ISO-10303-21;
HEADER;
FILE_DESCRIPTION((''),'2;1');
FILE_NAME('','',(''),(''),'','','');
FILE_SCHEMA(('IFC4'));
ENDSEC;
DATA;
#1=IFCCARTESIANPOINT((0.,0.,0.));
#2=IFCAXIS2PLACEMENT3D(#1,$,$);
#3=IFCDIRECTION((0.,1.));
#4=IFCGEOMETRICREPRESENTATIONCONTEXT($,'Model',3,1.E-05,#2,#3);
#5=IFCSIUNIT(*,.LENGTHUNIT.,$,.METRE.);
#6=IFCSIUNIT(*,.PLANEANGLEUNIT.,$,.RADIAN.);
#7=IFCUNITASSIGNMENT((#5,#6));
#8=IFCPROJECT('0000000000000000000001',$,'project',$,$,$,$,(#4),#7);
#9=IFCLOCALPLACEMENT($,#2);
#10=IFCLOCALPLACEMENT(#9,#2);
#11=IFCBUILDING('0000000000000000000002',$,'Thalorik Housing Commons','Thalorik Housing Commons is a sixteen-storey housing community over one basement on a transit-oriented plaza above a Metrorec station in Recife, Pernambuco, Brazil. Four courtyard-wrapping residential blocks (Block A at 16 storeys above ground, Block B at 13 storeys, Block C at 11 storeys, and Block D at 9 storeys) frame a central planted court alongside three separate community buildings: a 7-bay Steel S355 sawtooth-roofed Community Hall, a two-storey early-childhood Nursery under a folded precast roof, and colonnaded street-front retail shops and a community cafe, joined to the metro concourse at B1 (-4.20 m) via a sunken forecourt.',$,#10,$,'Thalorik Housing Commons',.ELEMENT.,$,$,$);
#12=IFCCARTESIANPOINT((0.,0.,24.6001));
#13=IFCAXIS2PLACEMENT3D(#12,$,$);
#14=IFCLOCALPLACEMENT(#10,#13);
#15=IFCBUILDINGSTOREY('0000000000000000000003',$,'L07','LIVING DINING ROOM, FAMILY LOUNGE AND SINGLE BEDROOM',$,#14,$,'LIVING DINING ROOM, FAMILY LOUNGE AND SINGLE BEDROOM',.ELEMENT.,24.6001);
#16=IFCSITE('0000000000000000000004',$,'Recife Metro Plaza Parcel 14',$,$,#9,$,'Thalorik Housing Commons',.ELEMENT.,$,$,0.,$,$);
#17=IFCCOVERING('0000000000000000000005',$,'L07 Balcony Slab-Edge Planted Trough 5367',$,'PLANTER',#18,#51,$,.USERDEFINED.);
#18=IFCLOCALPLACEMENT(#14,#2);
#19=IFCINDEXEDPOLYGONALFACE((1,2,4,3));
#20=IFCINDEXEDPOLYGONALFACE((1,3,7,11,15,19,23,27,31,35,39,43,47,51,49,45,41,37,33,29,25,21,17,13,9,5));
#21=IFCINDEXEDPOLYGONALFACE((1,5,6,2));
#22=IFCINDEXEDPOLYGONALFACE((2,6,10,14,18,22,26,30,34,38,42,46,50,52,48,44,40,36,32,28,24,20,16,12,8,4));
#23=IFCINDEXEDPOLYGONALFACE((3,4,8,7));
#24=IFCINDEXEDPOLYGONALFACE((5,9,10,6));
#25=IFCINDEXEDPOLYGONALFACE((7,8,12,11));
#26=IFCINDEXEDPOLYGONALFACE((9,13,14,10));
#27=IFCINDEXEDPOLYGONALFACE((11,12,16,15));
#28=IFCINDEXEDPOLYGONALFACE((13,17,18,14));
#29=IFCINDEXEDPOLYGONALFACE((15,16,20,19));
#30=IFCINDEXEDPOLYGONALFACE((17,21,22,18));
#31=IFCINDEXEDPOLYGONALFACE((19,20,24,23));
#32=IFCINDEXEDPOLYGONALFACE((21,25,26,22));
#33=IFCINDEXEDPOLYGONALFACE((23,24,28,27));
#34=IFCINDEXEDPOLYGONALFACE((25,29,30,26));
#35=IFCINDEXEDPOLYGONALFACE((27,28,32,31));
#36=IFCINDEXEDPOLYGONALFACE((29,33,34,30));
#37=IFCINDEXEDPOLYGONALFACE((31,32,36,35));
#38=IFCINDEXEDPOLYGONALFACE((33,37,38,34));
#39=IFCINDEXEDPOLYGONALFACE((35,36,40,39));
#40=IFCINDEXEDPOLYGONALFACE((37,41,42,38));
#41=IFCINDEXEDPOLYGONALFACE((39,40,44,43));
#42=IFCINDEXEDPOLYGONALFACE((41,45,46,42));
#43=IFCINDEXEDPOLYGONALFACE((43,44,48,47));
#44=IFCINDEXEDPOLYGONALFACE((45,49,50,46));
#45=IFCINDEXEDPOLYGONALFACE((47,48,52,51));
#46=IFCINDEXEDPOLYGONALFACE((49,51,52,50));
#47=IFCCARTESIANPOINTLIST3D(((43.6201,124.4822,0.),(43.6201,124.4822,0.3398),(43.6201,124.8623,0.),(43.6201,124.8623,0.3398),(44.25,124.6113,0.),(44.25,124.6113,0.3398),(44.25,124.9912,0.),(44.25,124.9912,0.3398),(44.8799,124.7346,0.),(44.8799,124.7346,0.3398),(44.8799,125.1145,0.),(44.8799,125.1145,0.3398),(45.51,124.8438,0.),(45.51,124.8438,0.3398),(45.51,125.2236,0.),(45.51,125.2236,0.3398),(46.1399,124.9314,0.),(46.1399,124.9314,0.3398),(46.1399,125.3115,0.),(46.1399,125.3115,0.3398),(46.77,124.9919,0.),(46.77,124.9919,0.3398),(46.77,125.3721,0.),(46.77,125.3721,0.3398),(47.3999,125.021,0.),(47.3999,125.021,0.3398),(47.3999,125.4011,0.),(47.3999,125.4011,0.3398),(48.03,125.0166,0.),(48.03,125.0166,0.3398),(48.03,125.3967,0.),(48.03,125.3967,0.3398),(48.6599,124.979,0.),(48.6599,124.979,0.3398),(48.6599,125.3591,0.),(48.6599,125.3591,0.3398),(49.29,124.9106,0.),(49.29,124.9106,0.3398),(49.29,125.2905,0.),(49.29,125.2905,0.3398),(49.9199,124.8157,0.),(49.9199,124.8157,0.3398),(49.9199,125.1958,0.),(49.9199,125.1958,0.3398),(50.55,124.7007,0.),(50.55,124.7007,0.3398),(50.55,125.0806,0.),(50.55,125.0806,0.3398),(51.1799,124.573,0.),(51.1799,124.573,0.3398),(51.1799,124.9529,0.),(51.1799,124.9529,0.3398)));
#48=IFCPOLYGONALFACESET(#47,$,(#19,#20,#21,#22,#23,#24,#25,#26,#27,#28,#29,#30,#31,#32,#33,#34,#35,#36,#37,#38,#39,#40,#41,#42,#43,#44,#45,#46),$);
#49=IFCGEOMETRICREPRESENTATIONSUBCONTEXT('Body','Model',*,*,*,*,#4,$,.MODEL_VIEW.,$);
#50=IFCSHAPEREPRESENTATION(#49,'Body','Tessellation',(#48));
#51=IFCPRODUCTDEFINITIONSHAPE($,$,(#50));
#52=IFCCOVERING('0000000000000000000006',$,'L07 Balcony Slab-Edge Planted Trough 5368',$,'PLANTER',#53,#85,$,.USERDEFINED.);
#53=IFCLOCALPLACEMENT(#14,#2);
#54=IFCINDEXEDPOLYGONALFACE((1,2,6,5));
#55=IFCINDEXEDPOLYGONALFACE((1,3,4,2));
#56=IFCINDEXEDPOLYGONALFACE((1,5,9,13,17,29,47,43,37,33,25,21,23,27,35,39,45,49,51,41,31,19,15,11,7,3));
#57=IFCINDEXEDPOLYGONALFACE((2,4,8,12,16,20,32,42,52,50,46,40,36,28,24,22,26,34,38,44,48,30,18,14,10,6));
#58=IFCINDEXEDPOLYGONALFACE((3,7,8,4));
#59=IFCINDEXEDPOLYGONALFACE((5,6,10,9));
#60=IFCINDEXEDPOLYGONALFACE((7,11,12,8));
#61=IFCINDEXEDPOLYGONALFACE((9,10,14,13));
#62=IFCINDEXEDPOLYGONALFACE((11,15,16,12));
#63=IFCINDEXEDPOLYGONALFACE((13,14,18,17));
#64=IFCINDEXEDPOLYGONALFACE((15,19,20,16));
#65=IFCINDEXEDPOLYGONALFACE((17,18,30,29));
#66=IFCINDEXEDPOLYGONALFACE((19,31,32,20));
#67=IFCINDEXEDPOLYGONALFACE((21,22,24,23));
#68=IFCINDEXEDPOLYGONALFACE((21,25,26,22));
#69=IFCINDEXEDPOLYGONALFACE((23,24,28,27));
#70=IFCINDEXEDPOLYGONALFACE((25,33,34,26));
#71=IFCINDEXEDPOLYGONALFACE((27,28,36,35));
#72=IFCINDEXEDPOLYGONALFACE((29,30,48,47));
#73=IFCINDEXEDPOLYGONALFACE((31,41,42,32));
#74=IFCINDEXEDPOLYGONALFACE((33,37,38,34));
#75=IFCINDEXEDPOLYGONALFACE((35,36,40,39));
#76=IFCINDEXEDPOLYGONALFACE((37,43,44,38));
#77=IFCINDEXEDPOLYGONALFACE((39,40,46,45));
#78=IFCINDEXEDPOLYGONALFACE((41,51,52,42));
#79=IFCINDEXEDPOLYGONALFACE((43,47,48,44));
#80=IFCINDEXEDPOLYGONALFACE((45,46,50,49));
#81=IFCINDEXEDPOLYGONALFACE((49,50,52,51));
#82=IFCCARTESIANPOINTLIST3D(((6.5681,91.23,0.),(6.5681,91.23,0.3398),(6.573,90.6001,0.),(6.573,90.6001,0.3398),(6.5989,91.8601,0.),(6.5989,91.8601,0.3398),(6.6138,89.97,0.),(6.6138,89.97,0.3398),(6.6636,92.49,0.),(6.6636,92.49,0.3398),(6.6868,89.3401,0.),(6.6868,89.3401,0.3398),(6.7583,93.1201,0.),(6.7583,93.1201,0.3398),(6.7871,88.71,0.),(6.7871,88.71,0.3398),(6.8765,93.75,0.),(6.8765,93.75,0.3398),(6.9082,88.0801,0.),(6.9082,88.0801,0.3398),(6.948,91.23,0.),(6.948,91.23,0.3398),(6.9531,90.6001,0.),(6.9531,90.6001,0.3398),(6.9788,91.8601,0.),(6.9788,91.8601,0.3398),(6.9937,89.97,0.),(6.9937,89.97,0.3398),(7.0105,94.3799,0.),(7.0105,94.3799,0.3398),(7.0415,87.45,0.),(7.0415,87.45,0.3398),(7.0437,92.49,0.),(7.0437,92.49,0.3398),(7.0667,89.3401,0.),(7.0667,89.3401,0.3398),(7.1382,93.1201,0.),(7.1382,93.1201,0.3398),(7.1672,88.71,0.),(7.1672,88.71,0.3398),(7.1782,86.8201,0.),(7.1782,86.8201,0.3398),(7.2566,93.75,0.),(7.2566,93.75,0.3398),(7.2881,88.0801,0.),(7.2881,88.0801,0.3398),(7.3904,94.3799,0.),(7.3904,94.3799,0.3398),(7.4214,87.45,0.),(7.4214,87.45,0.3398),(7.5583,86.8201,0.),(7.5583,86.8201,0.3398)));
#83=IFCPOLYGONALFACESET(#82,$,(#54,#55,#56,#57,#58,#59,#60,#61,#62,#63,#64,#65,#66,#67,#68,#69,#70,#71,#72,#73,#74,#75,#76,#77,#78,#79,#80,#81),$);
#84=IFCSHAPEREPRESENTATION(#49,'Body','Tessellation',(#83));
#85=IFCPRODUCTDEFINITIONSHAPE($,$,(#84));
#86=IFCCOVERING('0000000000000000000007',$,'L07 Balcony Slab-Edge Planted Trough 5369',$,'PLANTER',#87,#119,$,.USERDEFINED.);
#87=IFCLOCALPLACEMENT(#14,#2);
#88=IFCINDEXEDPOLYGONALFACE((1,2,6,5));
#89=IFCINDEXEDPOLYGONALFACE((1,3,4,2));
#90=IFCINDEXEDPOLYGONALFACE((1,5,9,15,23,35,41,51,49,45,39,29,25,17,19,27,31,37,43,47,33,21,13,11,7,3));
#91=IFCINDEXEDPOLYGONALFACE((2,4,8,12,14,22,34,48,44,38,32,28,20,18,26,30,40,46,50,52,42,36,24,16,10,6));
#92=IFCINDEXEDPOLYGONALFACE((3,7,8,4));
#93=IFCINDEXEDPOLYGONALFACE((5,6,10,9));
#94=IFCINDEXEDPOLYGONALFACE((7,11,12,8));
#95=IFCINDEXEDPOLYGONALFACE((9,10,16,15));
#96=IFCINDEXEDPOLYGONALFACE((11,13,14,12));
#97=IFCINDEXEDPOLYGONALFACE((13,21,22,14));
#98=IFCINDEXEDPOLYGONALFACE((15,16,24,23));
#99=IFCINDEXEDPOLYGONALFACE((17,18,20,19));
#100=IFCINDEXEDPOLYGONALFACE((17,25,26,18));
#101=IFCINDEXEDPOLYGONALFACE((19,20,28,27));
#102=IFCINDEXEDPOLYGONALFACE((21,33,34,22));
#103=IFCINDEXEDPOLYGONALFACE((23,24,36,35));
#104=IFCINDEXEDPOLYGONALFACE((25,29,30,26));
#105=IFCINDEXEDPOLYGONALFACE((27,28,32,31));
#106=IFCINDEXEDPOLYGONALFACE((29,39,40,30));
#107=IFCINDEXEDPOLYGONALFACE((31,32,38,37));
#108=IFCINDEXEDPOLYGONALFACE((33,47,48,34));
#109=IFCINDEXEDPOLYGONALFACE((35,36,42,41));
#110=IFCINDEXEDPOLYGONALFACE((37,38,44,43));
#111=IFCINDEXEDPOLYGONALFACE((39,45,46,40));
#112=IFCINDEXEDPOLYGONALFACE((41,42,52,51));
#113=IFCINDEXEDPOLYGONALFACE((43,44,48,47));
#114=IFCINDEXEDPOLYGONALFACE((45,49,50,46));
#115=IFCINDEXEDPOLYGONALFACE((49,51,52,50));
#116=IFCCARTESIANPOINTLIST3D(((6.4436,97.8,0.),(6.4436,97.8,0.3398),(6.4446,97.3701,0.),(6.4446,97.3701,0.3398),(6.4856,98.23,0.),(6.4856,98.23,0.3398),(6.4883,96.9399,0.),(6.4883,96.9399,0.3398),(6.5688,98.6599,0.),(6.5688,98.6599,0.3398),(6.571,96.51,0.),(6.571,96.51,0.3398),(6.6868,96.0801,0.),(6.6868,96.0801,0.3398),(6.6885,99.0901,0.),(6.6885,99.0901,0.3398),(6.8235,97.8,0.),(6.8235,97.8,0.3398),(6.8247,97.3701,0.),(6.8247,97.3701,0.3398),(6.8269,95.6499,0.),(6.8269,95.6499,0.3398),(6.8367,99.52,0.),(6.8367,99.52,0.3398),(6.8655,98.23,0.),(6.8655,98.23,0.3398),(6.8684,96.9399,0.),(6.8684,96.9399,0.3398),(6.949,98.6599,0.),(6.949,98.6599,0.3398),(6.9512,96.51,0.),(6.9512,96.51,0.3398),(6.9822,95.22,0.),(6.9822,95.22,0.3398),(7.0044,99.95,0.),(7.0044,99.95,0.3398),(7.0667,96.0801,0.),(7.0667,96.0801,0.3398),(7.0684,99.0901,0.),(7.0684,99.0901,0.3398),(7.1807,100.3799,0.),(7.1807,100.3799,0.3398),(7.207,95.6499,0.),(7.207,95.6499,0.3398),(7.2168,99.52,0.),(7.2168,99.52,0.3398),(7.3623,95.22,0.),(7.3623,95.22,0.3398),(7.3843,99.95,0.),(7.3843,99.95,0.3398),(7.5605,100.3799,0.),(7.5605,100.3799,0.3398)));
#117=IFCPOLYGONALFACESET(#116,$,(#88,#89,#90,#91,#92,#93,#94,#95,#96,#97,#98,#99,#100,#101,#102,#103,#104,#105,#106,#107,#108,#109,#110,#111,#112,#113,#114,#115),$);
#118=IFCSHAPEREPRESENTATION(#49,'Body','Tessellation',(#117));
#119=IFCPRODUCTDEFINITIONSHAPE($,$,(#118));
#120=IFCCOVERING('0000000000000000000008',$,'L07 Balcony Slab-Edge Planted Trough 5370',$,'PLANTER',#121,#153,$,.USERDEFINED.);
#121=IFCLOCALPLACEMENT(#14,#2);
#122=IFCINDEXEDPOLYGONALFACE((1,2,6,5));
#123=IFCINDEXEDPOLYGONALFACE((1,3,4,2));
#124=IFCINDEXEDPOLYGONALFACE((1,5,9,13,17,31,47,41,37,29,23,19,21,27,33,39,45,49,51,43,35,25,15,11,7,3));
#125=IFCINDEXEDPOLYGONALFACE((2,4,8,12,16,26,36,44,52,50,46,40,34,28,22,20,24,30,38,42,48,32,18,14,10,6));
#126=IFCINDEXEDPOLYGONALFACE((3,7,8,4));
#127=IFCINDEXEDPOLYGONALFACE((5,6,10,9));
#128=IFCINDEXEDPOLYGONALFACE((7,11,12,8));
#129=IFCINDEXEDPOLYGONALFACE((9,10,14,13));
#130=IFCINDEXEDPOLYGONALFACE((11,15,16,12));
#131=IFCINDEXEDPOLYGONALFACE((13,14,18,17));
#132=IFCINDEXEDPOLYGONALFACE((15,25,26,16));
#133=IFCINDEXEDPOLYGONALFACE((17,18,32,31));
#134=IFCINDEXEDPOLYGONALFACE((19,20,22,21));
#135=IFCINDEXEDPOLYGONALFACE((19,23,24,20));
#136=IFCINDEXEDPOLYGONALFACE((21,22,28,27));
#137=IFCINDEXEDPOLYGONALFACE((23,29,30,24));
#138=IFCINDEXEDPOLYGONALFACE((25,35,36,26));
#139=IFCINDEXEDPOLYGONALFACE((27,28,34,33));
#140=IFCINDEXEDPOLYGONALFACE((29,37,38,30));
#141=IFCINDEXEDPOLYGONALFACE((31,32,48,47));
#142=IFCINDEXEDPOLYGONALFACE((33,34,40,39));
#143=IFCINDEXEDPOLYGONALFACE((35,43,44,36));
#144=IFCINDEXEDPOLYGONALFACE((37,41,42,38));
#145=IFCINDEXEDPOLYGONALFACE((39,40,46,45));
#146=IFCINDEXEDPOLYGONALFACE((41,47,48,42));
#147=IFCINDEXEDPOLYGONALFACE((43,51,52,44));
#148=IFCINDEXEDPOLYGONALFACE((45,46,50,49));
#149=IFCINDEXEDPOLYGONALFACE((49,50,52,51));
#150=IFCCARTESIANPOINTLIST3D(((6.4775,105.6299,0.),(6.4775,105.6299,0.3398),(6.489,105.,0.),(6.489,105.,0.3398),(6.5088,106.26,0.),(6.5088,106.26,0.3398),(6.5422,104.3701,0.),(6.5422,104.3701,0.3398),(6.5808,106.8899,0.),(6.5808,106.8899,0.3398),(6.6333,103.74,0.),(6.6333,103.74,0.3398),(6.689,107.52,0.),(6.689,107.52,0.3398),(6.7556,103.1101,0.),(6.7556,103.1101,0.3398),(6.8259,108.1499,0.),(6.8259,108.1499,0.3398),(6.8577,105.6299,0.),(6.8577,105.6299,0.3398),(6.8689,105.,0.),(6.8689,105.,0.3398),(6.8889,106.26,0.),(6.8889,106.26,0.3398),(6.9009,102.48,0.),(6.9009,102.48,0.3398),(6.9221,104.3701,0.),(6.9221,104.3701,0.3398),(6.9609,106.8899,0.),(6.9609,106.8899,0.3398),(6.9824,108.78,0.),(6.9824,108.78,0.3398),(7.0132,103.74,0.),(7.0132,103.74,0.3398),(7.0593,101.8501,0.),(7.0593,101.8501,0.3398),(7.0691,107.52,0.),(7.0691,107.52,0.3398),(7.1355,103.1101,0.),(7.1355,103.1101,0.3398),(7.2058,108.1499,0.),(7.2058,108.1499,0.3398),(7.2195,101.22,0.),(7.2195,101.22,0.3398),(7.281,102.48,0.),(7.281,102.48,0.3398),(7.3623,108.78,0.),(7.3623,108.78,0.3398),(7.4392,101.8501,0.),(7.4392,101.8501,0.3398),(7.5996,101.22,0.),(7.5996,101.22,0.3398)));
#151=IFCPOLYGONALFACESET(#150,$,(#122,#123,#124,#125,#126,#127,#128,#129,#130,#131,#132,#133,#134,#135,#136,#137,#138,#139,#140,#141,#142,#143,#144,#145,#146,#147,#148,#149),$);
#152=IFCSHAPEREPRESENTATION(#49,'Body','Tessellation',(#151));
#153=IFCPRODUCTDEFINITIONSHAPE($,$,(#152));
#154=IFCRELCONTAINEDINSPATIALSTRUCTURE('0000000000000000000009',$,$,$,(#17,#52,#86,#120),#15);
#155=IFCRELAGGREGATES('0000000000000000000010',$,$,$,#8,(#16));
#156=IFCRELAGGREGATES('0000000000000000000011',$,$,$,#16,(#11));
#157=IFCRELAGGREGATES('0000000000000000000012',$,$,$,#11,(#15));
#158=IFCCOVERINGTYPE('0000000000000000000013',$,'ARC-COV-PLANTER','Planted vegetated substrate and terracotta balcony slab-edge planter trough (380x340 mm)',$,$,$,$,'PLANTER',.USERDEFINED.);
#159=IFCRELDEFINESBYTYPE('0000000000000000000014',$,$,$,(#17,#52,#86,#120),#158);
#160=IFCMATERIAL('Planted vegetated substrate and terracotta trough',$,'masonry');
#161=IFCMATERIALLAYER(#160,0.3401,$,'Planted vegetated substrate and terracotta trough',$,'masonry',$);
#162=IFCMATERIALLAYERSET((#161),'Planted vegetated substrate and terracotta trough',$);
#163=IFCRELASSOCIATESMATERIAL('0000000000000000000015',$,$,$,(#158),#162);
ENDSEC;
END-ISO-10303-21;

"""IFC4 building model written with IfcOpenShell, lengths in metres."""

from ifc_helpers import new_model, si_unit, direction, frame, origin, place, context, subcontext, project, spatial, polyline, outline, extrude, material, layer, layer_set, type_object, element, save


model = new_model("IFC4")

# Units and contexts
model_context = context("Model", 3, precision=1e-05, world=origin(), true_north=direction((0.0, 1.0)))
body_context = subcontext(model_context, "Body", "Model", "MODEL_VIEW")
ifc_project = project(units=[si_unit("LENGTHUNIT", "METRE"), si_unit("PLANEANGLEUNIT", "RADIAN")], contexts=[model_context])

# Site, building, storey
site_placement = place(None, origin())
site = spatial("IfcSite", under=ifc_project, at=site_placement, Name="Recife Metro Plaza Parcel 14", LongName="Thalorik Housing Commons", CompositionType="ELEMENT", RefElevation=0.0)
building_placement = place(site_placement, origin())
building = spatial("IfcBuilding", under=site, at=building_placement, Name="Thalorik Housing Commons", Description="Thalorik Housing Commons is a sixteen-storey housing community over one basement on a transit-oriented plaza above a Metrorec station in Recife, Pernambuco, Brazil. Four courtyard-wrapping residential blocks (Block A at 16 storeys above ground, Block B at 13 storeys, Block C at 11 storeys, and Block D at 9 storeys) frame a central planted court alongside three separate community buildings: a 7-bay Steel S355 sawtooth-roofed Community Hall, a two-storey early-childhood Nursery under a folded precast roof, and colonnaded street-front retail shops and a community cafe, joined to the metro concourse at B1 (-4.20 m) via a sunken forecourt.", LongName="Thalorik Housing Commons", CompositionType="ELEMENT")
storey_placement = place(building_placement, frame((0.0, 0.0, 24.6001)))
storey = spatial("IfcBuildingStorey", under=building, at=storey_placement, Name="L07", Description="LIVING DINING ROOM, FAMILY LOUNGE AND SINGLE BEDROOM", LongName="LIVING DINING ROOM, FAMILY LOUNGE AND SINGLE BEDROOM", CompositionType="ELEMENT", Elevation=24.6001)

# Coverings
ifc_material_1 = material(Name="Planted vegetated substrate and terracotta trough", Category="masonry")
ifc_layer_1 = layer(ifc_material_1, 0.3401, Name="Planted vegetated substrate and terracotta trough", Category="masonry")
ifc_layer_set_1 = layer_set([ifc_layer_1], Name="Planted vegetated substrate and terracotta trough")
covering_type = type_object("IfcCoveringType", Name="ARC-COV-PLANTER", Description="Planted vegetated substrate and terracotta balcony slab-edge planter trough (380x340 mm)", ElementType="PLANTER", PredefinedType="USERDEFINED", material=ifc_layer_set_1)
covering_1_placement = place(storey_placement, origin())
element("IfcCovering", 1, at=covering_1_placement, inside=storey, type_object=covering_type, Name="L07 Balcony Slab-Edge Planted Trough 5367", ObjectType="PLANTER", PredefinedType="USERDEFINED", context=body_context, shape_type="SweptSolid", body=[
    extrude(outline(polyline([(51.1799, 124.9529), (50.55, 125.0806), (49.9199, 125.1958), (49.29, 125.2905), (48.6599, 125.3591), (48.03, 125.3967), (47.3999, 125.4011), (46.77, 125.3721), (46.1399, 125.3115), (45.51, 125.2236), (44.8799, 125.1145), (44.25, 124.9912), (43.6201, 124.8623), (43.6201, 124.4822), (44.25, 124.6113), (44.8799, 124.7346), (45.51, 124.8438), (46.1399, 124.9314), (46.77, 124.9919), (47.3999, 125.021), (48.03, 125.0166), (48.6599, 124.979), (49.29, 124.9106), (49.9199, 124.8157), (50.55, 124.7007), (51.1799, 124.573), (51.1799, 124.9529)])), origin(), (0.0, 0.0, 1.0), 0.3398),
])
covering_2_placement = place(storey_placement, origin())
element("IfcCovering", 2, at=covering_2_placement, inside=storey, type_object=covering_type, Name="L07 Balcony Slab-Edge Planted Trough 5368", ObjectType="PLANTER", PredefinedType="USERDEFINED", context=body_context, shape_type="SweptSolid", body=[
    extrude(outline(polyline([(7.0105, 94.3799), (6.8765, 93.75), (6.7583, 93.1201), (6.6636, 92.49), (6.5989, 91.8601), (6.5681, 91.23), (6.573, 90.6001), (6.6138, 89.97), (6.6868, 89.3401), (6.7871, 88.71), (6.9082, 88.0801), (7.0415, 87.45), (7.1782, 86.8201), (7.5583, 86.8201), (7.4214, 87.45), (7.2881, 88.0801), (7.1672, 88.71), (7.0667, 89.3401), (6.9937, 89.97), (6.9531, 90.6001), (6.948, 91.23), (6.9788, 91.8601), (7.0437, 92.49), (7.1382, 93.1201), (7.2566, 93.75), (7.3904, 94.3799), (7.0105, 94.3799)])), origin(), (0.0, 0.0, 1.0), 0.3398),
])
covering_3_placement = place(storey_placement, origin())
element("IfcCovering", 3, at=covering_3_placement, inside=storey, type_object=covering_type, Name="L07 Balcony Slab-Edge Planted Trough 5369", ObjectType="PLANTER", PredefinedType="USERDEFINED", context=body_context, shape_type="SweptSolid", body=[
    extrude(outline(polyline([(7.1807, 100.3799), (7.0044, 99.95), (6.8367, 99.52), (6.6885, 99.0901), (6.5688, 98.6599), (6.4856, 98.23), (6.4436, 97.8), (6.4446, 97.3701), (6.4883, 96.9399), (6.571, 96.51), (6.6868, 96.0801), (6.8269, 95.6499), (6.9822, 95.22), (7.3623, 95.22), (7.207, 95.6499), (7.0667, 96.0801), (6.9512, 96.51), (6.8684, 96.9399), (6.8247, 97.3701), (6.8235, 97.8), (6.8655, 98.23), (6.949, 98.6599), (7.0684, 99.0901), (7.2168, 99.52), (7.3843, 99.95), (7.5605, 100.3799), (7.1807, 100.3799)])), origin(), (0.0, 0.0, 1.0), 0.3398),
])
covering_4_placement = place(storey_placement, origin())
element("IfcCovering", 4, at=covering_4_placement, inside=storey, type_object=covering_type, Name="L07 Balcony Slab-Edge Planted Trough 5370", ObjectType="PLANTER", PredefinedType="USERDEFINED", context=body_context, shape_type="SweptSolid", body=[
    extrude(outline(polyline([(6.9824, 108.78), (6.8259, 108.1499), (6.689, 107.52), (6.5808, 106.8899), (6.5088, 106.26), (6.4775, 105.6299), (6.489, 105.0), (6.5422, 104.3701), (6.6333, 103.74), (6.7556, 103.1101), (6.9009, 102.48), (7.0593, 101.8501), (7.2195, 101.22), (7.5996, 101.22), (7.4392, 101.8501), (7.281, 102.48), (7.1355, 103.1101), (7.0132, 103.74), (6.9221, 104.3701), (6.8689, 105.0), (6.8577, 105.6299), (6.8889, 106.26), (6.9609, 106.8899), (7.0691, 107.52), (7.2058, 108.1499), (7.3623, 108.78), (6.9824, 108.78)])), origin(), (0.0, 0.0, 1.0), 0.3398),
])

save(model, "model.ifc")
